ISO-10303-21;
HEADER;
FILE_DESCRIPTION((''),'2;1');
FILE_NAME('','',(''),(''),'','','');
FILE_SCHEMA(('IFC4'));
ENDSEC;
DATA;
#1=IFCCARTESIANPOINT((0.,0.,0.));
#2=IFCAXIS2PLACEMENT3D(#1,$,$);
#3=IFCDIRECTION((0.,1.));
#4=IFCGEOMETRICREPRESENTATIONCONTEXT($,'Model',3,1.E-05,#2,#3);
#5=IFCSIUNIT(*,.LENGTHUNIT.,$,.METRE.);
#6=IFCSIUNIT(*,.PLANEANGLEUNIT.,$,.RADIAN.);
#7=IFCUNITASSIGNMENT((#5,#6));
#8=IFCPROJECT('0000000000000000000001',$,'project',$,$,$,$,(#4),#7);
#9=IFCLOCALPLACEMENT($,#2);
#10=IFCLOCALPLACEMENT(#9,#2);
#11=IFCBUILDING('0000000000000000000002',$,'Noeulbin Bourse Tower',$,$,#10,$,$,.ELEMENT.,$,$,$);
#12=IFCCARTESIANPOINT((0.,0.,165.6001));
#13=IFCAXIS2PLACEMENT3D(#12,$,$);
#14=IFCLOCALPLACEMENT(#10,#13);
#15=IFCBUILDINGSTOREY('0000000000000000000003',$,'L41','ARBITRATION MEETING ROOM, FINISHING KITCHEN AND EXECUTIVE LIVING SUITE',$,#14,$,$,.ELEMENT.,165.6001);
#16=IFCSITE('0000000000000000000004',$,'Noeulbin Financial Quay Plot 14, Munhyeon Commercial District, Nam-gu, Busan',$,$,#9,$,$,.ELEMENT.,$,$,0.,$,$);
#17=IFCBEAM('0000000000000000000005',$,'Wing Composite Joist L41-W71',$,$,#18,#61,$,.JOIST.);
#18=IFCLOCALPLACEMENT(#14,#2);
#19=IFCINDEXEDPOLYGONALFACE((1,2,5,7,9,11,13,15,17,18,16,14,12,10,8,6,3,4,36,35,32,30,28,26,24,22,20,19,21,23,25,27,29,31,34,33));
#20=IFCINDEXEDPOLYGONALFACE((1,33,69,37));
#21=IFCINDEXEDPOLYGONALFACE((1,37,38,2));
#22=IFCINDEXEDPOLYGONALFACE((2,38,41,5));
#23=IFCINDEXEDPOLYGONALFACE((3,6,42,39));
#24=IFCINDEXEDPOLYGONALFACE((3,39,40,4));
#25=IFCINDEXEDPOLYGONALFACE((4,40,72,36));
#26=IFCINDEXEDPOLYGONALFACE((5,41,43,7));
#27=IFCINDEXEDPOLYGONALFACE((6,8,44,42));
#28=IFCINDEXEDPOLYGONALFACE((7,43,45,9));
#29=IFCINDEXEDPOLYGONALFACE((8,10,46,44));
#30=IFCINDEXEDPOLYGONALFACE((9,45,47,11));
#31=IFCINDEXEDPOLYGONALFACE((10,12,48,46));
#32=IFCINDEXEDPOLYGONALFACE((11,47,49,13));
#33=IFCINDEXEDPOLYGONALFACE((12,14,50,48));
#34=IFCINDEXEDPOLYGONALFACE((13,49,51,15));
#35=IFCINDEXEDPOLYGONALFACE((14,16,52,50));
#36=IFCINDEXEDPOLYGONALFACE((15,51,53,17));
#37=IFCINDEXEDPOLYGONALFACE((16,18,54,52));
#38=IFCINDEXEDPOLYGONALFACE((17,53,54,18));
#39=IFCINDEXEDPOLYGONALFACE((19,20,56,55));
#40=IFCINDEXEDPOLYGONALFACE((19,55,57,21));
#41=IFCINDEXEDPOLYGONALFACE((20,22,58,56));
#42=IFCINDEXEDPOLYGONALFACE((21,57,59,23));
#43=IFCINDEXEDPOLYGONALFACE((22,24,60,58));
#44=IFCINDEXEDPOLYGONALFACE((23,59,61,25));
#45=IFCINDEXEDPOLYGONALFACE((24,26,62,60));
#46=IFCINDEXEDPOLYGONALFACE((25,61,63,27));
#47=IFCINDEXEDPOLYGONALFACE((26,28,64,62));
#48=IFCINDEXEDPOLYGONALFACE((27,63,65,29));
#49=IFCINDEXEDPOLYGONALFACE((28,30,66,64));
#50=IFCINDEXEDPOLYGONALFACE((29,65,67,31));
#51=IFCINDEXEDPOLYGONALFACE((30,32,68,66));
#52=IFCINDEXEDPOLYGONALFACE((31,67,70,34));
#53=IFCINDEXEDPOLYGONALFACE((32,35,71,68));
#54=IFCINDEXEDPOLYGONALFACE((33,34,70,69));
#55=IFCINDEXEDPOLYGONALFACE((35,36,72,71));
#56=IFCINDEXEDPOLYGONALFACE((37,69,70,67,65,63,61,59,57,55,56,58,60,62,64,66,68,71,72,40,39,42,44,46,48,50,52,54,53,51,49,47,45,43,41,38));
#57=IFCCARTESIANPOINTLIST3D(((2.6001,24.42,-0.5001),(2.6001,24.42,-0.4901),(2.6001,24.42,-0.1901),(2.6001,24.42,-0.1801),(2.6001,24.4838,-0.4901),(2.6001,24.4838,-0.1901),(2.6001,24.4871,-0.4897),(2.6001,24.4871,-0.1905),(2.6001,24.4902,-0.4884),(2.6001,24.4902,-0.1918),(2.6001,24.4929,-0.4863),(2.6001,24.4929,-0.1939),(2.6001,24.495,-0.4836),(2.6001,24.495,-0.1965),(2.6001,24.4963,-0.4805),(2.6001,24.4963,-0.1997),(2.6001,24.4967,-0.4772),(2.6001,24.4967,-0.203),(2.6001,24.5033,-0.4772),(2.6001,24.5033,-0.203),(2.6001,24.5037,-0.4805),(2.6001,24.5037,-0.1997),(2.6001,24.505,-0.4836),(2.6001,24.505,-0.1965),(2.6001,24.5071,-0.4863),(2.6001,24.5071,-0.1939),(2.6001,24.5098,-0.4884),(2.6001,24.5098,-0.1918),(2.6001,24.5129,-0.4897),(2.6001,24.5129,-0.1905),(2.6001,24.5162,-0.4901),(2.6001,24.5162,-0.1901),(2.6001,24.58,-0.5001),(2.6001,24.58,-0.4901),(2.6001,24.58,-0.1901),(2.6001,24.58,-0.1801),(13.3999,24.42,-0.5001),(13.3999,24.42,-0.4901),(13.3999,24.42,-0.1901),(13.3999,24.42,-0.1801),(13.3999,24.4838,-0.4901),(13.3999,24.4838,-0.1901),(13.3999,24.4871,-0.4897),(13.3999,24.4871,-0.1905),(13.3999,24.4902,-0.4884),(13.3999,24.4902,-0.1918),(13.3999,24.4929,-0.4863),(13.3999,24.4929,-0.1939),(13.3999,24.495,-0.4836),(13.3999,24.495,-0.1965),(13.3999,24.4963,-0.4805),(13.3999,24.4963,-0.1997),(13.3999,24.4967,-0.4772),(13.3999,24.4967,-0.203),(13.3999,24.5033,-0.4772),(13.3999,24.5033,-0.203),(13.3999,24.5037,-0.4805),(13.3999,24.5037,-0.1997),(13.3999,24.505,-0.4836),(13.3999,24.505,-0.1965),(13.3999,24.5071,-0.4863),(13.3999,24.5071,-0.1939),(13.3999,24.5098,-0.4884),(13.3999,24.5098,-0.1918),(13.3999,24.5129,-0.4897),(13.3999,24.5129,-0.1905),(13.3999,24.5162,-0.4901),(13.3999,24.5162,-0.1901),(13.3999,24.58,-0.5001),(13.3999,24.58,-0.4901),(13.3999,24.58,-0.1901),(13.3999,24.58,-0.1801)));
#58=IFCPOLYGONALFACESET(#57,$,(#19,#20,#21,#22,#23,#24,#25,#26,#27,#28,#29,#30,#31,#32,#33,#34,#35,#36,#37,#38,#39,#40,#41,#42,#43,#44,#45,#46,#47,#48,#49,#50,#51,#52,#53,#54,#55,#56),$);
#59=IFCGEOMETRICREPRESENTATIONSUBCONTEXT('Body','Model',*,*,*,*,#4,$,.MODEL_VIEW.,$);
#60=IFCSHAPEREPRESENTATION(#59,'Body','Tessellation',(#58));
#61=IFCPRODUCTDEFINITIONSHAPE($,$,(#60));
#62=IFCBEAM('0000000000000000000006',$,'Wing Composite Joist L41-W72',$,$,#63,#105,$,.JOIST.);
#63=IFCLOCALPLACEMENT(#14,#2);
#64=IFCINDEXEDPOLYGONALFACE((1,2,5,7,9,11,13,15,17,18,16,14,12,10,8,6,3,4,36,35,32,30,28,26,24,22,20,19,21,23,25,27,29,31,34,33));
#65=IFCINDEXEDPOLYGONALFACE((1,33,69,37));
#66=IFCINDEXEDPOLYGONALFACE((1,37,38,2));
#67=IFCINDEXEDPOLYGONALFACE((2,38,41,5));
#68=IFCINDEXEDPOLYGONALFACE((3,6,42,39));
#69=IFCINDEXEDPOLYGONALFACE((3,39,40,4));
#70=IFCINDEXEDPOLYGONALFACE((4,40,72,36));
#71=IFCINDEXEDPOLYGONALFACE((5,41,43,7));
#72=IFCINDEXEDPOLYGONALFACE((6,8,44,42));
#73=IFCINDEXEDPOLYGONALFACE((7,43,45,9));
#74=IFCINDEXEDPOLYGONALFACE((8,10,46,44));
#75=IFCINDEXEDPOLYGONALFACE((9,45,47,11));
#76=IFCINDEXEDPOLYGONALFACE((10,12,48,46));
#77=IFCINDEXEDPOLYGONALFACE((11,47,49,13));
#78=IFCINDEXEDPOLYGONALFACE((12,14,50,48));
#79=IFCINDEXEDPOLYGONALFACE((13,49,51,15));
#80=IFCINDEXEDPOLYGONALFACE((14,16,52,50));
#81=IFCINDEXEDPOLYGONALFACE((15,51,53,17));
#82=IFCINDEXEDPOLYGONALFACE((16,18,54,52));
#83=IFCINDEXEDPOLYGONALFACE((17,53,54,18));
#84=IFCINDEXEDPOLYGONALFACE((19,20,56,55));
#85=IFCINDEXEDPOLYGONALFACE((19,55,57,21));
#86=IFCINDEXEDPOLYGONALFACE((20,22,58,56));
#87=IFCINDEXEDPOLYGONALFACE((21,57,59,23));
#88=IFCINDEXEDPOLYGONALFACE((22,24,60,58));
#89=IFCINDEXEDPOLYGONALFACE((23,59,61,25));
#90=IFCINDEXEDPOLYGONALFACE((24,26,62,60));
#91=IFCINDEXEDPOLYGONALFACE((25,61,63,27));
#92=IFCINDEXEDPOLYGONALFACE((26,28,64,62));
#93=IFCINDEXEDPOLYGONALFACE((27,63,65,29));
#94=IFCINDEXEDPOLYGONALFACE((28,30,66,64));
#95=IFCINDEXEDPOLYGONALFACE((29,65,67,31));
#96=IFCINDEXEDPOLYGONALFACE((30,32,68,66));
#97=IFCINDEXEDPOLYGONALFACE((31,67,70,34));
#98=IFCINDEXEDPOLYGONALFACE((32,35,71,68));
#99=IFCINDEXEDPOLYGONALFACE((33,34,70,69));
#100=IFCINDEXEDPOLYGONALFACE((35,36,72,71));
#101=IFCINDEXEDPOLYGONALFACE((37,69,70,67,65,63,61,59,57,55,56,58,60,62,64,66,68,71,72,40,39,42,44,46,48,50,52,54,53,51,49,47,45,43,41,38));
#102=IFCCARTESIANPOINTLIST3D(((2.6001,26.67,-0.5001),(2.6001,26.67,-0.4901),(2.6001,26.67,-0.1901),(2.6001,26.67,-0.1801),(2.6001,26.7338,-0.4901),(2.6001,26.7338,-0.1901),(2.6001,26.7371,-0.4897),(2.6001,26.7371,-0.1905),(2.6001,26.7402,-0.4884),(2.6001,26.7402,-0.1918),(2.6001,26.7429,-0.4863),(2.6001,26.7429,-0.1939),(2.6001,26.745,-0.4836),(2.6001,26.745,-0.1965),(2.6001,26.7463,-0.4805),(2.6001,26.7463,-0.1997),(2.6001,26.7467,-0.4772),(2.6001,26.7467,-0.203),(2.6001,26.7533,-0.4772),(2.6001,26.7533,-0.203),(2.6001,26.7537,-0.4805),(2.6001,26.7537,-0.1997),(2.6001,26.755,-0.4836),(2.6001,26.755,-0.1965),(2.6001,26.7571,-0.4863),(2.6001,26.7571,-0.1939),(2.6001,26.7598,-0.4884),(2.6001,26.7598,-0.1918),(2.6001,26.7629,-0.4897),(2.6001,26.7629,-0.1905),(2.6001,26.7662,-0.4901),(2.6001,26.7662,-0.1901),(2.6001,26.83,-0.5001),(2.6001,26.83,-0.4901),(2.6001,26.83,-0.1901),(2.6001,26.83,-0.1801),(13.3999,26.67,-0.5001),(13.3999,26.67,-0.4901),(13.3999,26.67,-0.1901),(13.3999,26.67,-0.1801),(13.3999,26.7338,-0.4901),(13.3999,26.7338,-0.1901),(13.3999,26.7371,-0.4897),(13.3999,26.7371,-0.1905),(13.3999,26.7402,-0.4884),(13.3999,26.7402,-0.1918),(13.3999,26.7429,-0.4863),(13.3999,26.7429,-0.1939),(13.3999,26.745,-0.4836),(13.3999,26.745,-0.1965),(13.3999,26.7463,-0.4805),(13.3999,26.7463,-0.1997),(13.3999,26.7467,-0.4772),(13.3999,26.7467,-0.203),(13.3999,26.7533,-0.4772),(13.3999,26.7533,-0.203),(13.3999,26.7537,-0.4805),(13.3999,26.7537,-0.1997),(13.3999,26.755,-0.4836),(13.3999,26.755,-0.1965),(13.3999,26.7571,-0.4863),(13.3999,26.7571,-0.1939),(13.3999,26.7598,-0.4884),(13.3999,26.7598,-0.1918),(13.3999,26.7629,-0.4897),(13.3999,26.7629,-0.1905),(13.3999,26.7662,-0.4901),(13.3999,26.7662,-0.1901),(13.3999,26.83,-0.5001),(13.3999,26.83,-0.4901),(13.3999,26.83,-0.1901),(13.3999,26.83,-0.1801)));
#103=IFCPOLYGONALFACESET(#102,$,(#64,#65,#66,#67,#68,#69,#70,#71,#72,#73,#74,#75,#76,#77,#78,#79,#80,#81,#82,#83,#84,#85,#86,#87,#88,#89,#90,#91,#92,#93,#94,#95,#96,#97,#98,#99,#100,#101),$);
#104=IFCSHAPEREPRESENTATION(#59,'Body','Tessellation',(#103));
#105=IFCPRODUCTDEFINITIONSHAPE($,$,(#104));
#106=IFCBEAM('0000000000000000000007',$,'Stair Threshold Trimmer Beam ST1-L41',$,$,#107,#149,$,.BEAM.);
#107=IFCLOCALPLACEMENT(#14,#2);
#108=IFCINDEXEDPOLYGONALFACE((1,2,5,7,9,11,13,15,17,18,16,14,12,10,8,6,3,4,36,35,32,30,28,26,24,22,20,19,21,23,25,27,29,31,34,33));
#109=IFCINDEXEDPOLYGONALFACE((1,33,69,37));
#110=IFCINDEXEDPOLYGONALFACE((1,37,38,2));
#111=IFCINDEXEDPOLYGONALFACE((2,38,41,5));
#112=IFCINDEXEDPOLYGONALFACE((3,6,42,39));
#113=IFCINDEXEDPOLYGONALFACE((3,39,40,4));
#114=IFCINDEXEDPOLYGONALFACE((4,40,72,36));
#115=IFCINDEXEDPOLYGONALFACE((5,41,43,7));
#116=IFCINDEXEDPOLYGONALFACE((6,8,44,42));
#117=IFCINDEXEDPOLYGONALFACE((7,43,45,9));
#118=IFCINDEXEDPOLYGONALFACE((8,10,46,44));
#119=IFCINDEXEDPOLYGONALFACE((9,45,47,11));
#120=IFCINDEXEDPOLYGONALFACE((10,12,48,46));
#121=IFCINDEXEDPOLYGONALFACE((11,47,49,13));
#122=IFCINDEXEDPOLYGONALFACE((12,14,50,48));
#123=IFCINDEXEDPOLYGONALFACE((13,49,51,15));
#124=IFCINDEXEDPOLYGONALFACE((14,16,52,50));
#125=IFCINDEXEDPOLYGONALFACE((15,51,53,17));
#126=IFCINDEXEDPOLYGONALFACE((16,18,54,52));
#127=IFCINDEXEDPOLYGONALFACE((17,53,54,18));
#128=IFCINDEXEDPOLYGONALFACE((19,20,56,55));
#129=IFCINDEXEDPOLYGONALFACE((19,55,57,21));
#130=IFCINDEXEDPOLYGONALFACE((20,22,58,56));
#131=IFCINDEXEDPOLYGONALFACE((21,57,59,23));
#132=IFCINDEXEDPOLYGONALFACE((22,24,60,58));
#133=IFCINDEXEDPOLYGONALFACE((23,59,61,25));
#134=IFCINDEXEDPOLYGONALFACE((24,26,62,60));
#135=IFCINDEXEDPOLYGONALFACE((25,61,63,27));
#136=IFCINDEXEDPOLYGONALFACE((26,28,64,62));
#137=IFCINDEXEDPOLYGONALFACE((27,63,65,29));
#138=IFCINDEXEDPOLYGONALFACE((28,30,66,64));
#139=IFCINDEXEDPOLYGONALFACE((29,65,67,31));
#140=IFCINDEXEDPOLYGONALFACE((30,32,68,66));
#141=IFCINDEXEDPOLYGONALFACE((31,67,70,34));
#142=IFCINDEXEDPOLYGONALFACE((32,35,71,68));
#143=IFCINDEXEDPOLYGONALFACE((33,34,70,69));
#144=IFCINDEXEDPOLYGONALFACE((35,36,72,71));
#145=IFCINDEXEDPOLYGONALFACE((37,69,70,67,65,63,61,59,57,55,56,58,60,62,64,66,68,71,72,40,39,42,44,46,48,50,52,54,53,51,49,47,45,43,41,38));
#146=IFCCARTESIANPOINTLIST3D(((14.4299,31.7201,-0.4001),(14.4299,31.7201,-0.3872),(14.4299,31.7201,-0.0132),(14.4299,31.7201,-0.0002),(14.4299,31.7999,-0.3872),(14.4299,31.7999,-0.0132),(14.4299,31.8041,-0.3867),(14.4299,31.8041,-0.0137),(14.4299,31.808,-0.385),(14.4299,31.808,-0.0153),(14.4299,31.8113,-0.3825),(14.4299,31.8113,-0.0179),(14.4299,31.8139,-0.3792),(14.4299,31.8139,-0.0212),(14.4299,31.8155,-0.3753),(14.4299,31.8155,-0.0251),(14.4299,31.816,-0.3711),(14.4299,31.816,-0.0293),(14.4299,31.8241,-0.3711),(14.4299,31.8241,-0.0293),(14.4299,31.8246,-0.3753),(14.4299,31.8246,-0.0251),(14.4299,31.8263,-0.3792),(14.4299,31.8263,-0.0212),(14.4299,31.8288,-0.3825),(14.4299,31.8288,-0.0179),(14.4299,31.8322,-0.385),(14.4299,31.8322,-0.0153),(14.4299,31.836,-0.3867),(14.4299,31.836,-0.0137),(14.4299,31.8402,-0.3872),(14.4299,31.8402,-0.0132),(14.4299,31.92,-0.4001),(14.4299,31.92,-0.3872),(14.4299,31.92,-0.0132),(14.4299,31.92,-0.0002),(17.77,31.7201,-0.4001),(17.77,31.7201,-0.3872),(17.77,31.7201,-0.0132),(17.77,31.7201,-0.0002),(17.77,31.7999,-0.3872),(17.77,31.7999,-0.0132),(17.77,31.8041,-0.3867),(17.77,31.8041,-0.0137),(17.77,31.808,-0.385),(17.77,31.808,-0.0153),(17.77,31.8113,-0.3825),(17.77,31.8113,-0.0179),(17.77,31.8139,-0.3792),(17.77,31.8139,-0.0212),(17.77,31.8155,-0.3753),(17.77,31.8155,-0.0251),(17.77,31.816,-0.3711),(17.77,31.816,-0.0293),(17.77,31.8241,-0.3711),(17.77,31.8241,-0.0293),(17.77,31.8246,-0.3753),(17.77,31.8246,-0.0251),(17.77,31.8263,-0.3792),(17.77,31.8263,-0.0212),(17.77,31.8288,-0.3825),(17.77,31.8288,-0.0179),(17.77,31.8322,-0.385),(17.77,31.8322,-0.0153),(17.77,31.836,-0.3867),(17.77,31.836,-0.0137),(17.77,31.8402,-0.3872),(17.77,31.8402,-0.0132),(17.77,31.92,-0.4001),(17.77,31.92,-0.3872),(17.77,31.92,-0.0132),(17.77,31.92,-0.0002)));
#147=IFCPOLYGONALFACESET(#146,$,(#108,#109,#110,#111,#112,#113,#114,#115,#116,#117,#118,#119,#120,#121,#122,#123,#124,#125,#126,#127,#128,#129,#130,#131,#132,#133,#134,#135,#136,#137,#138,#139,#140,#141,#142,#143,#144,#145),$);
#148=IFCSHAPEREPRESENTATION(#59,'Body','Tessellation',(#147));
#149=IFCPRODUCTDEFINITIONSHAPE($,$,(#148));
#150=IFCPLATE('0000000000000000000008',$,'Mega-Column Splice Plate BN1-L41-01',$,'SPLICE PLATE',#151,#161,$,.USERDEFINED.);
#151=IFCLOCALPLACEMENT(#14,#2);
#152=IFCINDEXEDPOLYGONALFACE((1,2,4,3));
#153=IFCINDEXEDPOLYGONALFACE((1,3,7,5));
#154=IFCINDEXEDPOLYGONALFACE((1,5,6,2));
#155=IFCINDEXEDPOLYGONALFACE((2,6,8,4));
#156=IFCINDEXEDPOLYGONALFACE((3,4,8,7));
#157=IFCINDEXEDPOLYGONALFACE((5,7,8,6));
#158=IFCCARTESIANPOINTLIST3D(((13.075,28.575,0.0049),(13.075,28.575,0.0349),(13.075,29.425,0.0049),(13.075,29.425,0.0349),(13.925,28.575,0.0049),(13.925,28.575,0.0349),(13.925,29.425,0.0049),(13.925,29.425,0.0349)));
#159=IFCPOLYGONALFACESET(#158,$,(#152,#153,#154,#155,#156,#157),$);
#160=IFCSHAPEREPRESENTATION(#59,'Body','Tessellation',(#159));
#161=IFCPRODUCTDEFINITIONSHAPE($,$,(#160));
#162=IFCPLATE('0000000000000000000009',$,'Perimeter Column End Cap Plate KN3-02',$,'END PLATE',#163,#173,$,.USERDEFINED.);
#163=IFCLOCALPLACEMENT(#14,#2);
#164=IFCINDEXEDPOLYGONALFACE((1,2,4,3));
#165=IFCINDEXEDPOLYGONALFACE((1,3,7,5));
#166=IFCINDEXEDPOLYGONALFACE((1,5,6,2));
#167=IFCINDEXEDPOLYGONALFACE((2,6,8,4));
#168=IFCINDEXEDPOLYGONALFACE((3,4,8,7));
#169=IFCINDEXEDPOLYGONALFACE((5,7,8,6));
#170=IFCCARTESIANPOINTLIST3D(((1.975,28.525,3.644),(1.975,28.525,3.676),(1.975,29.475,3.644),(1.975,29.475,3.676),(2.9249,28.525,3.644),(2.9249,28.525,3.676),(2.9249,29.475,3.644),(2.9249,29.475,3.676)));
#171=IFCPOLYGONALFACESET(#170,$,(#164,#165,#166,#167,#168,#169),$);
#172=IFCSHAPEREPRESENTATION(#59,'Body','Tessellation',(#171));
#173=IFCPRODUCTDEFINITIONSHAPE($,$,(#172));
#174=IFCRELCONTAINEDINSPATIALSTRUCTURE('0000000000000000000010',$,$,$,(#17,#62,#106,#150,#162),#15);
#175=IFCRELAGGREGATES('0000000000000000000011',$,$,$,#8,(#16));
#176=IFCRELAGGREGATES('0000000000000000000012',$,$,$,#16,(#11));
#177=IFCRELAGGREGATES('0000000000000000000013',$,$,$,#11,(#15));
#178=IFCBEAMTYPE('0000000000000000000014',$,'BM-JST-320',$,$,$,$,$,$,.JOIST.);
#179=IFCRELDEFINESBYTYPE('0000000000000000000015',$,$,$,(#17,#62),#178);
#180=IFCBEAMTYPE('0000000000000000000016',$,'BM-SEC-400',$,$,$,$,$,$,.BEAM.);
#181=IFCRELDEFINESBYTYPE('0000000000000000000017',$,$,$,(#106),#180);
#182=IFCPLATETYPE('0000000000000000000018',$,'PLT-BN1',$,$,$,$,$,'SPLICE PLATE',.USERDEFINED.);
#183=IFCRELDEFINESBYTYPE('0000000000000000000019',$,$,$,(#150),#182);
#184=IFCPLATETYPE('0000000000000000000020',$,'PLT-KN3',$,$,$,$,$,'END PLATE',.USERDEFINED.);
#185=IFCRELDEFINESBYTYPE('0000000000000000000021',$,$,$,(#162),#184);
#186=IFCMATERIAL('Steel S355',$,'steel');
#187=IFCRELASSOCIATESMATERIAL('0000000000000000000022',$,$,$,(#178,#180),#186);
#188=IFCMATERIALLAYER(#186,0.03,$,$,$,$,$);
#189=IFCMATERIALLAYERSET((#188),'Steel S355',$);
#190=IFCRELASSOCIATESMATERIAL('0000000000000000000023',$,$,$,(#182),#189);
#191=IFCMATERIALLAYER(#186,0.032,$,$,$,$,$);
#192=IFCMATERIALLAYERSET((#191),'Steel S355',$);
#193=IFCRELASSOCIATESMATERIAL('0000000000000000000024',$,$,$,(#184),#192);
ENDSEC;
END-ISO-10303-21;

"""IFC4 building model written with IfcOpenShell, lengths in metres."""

from ifc_helpers import new_model, si_unit, direction, frame, origin, origin_2d, place, context, subcontext, project, spatial, rectangle, i_section, extrude, material, layer, layer_set, material_profile, profile_set, type_object, element, save


model = new_model("IFC4")

# Units and contexts
model_context = context("Model", 3, precision=1e-05, world=origin(), true_north=direction((0.0, 1.0)))
body_context = subcontext(model_context, "Body", "Model", "MODEL_VIEW")
ifc_project = project(units=[si_unit("LENGTHUNIT", "METRE"), si_unit("PLANEANGLEUNIT", "RADIAN")], contexts=[model_context])

# Site, building, storey
site_placement = place(None, origin())
site = spatial("IfcSite", under=ifc_project, at=site_placement, Name="Noeulbin Financial Quay Plot 14, Munhyeon Commercial District, Nam-gu, Busan", CompositionType="ELEMENT", RefElevation=0.0)
building_placement = place(site_placement, origin())
building = spatial("IfcBuilding", under=site, at=building_placement, Name="Noeulbin Bourse Tower", CompositionType="ELEMENT")
storey_placement = place(building_placement, frame((0.0, 0.0, 165.6001)))
storey = spatial("IfcBuildingStorey", under=building, at=storey_placement, Name="L41", Description="ARBITRATION MEETING ROOM, FINISHING KITCHEN AND EXECUTIVE LIVING SUITE", CompositionType="ELEMENT", Elevation=165.6001)

# Beams
ifc_material_1 = material(Name="Steel S355", Category="steel")
ifc_material_profile_1 = material_profile(ifc_material_1, i_section(OverallWidth=0.1599, OverallDepth=0.3201, WebThickness=0.0066, FlangeThickness=0.01, FilletRadius=0.0129, at=origin_2d()), Name="H-320x160x6.5x10", Category="LoadBearing")
ifc_profile_set_1 = profile_set([ifc_material_profile_1], Name="Steel S355")
beam_type_1 = type_object("IfcBeamType", Name="BM-JST-320", PredefinedType="JOIST", material=ifc_profile_set_1)
for number, where, z_axis, x_axis, name in (
    (1, (2.6001, 24.5, -0.3401), (1.0, 0.0, 0.0), (0.0, 1.0, 0.0), "Wing Composite Joist L41-W71"),
    (2, (2.6001, 26.75, -0.3401), (1.0, 0.0, 0.0), (0.0, 1.0, 0.0), "Wing Composite Joist L41-W72"),
):
    element("IfcBeam", number, at=place(storey_placement, frame(where, z_axis=z_axis, x_axis=x_axis)), inside=storey, type_object=beam_type_1, Name=name, PredefinedType="JOIST", context=body_context, shape_type="SweptSolid", body=[
        extrude(i_section(OverallWidth=0.1599, OverallDepth=0.3201, WebThickness=0.0066, FlangeThickness=0.01, FilletRadius=0.0129, at=origin_2d()), origin(), (0.0, 0.0, 1.0), 10.7998),
    ])
ifc_material_profile_2 = material_profile(ifc_material_1, i_section(OverallWidth=0.2, OverallDepth=0.3999, WebThickness=0.0081, FlangeThickness=0.0129, FilletRadius=0.0161, at=origin_2d()), Name="H-400x200x8x13", Category="LoadBearing")
ifc_profile_set_2 = profile_set([ifc_material_profile_2], Name="Steel S355")
beam_type_2 = type_object("IfcBeamType", Name="BM-SEC-400", PredefinedType="BEAM", material=ifc_profile_set_2)
beam_1_placement = place(storey_placement, frame((14.4299, 31.8201, -0.2002), z_axis=(1.0, 0.0, 0.0), x_axis=(0.0, 1.0, 0.0)))
element("IfcBeam", 3, at=beam_1_placement, inside=storey, type_object=beam_type_2, Name="Stair Threshold Trimmer Beam ST1-L41", PredefinedType="BEAM", context=body_context, shape_type="SweptSolid", body=[
    extrude(i_section(OverallWidth=0.2, OverallDepth=0.3999, WebThickness=0.0081, FlangeThickness=0.0129, FilletRadius=0.0161, at=origin_2d()), origin(), (0.0, 0.0, 1.0), 3.3401),
])

# Plates
ifc_layer_1 = layer(ifc_material_1, 0.03)
ifc_layer_set_1 = layer_set([ifc_layer_1], Name="Steel S355")
plate_type_1 = type_object("IfcPlateType", Name="PLT-BN1", ElementType="SPLICE PLATE", PredefinedType="USERDEFINED", material=ifc_layer_set_1)
plate_1_placement = place(storey_placement, frame((13.5, 29.0, 0.0049), z_axis=(0.0, 0.0, 1.0), x_axis=(1.0, 0.0, 0.0)))
element("IfcPlate", 4, at=plate_1_placement, inside=storey, type_object=plate_type_1, Name="Mega-Column Splice Plate BN1-L41-01", ObjectType="SPLICE PLATE", PredefinedType="USERDEFINED", context=body_context, shape_type="SweptSolid", body=[
    extrude(rectangle(XDim=0.8501, YDim=0.8501, at=origin_2d()), origin(), (0.0, 0.0, 1.0), 0.03),
])
ifc_layer_2 = layer(ifc_material_1, 0.032)
ifc_layer_set_2 = layer_set([ifc_layer_2], Name="Steel S355")
plate_type_2 = type_object("IfcPlateType", Name="PLT-KN3", ElementType="END PLATE", PredefinedType="USERDEFINED", material=ifc_layer_set_2)
plate_2_placement = place(storey_placement, frame((2.45, 29.0, 3.644), z_axis=(0.0, 0.0, 1.0), x_axis=(1.0, 0.0, 0.0)))
element("IfcPlate", 5, at=plate_2_placement, inside=storey, type_object=plate_type_2, Name="Perimeter Column End Cap Plate KN3-02", ObjectType="END PLATE", PredefinedType="USERDEFINED", context=body_context, shape_type="SweptSolid", body=[
    extrude(rectangle(XDim=0.95, YDim=0.95, at=origin_2d()), origin(), (0.0, 0.0, 1.0), 0.032),
])

save(model, "model.ifc")
